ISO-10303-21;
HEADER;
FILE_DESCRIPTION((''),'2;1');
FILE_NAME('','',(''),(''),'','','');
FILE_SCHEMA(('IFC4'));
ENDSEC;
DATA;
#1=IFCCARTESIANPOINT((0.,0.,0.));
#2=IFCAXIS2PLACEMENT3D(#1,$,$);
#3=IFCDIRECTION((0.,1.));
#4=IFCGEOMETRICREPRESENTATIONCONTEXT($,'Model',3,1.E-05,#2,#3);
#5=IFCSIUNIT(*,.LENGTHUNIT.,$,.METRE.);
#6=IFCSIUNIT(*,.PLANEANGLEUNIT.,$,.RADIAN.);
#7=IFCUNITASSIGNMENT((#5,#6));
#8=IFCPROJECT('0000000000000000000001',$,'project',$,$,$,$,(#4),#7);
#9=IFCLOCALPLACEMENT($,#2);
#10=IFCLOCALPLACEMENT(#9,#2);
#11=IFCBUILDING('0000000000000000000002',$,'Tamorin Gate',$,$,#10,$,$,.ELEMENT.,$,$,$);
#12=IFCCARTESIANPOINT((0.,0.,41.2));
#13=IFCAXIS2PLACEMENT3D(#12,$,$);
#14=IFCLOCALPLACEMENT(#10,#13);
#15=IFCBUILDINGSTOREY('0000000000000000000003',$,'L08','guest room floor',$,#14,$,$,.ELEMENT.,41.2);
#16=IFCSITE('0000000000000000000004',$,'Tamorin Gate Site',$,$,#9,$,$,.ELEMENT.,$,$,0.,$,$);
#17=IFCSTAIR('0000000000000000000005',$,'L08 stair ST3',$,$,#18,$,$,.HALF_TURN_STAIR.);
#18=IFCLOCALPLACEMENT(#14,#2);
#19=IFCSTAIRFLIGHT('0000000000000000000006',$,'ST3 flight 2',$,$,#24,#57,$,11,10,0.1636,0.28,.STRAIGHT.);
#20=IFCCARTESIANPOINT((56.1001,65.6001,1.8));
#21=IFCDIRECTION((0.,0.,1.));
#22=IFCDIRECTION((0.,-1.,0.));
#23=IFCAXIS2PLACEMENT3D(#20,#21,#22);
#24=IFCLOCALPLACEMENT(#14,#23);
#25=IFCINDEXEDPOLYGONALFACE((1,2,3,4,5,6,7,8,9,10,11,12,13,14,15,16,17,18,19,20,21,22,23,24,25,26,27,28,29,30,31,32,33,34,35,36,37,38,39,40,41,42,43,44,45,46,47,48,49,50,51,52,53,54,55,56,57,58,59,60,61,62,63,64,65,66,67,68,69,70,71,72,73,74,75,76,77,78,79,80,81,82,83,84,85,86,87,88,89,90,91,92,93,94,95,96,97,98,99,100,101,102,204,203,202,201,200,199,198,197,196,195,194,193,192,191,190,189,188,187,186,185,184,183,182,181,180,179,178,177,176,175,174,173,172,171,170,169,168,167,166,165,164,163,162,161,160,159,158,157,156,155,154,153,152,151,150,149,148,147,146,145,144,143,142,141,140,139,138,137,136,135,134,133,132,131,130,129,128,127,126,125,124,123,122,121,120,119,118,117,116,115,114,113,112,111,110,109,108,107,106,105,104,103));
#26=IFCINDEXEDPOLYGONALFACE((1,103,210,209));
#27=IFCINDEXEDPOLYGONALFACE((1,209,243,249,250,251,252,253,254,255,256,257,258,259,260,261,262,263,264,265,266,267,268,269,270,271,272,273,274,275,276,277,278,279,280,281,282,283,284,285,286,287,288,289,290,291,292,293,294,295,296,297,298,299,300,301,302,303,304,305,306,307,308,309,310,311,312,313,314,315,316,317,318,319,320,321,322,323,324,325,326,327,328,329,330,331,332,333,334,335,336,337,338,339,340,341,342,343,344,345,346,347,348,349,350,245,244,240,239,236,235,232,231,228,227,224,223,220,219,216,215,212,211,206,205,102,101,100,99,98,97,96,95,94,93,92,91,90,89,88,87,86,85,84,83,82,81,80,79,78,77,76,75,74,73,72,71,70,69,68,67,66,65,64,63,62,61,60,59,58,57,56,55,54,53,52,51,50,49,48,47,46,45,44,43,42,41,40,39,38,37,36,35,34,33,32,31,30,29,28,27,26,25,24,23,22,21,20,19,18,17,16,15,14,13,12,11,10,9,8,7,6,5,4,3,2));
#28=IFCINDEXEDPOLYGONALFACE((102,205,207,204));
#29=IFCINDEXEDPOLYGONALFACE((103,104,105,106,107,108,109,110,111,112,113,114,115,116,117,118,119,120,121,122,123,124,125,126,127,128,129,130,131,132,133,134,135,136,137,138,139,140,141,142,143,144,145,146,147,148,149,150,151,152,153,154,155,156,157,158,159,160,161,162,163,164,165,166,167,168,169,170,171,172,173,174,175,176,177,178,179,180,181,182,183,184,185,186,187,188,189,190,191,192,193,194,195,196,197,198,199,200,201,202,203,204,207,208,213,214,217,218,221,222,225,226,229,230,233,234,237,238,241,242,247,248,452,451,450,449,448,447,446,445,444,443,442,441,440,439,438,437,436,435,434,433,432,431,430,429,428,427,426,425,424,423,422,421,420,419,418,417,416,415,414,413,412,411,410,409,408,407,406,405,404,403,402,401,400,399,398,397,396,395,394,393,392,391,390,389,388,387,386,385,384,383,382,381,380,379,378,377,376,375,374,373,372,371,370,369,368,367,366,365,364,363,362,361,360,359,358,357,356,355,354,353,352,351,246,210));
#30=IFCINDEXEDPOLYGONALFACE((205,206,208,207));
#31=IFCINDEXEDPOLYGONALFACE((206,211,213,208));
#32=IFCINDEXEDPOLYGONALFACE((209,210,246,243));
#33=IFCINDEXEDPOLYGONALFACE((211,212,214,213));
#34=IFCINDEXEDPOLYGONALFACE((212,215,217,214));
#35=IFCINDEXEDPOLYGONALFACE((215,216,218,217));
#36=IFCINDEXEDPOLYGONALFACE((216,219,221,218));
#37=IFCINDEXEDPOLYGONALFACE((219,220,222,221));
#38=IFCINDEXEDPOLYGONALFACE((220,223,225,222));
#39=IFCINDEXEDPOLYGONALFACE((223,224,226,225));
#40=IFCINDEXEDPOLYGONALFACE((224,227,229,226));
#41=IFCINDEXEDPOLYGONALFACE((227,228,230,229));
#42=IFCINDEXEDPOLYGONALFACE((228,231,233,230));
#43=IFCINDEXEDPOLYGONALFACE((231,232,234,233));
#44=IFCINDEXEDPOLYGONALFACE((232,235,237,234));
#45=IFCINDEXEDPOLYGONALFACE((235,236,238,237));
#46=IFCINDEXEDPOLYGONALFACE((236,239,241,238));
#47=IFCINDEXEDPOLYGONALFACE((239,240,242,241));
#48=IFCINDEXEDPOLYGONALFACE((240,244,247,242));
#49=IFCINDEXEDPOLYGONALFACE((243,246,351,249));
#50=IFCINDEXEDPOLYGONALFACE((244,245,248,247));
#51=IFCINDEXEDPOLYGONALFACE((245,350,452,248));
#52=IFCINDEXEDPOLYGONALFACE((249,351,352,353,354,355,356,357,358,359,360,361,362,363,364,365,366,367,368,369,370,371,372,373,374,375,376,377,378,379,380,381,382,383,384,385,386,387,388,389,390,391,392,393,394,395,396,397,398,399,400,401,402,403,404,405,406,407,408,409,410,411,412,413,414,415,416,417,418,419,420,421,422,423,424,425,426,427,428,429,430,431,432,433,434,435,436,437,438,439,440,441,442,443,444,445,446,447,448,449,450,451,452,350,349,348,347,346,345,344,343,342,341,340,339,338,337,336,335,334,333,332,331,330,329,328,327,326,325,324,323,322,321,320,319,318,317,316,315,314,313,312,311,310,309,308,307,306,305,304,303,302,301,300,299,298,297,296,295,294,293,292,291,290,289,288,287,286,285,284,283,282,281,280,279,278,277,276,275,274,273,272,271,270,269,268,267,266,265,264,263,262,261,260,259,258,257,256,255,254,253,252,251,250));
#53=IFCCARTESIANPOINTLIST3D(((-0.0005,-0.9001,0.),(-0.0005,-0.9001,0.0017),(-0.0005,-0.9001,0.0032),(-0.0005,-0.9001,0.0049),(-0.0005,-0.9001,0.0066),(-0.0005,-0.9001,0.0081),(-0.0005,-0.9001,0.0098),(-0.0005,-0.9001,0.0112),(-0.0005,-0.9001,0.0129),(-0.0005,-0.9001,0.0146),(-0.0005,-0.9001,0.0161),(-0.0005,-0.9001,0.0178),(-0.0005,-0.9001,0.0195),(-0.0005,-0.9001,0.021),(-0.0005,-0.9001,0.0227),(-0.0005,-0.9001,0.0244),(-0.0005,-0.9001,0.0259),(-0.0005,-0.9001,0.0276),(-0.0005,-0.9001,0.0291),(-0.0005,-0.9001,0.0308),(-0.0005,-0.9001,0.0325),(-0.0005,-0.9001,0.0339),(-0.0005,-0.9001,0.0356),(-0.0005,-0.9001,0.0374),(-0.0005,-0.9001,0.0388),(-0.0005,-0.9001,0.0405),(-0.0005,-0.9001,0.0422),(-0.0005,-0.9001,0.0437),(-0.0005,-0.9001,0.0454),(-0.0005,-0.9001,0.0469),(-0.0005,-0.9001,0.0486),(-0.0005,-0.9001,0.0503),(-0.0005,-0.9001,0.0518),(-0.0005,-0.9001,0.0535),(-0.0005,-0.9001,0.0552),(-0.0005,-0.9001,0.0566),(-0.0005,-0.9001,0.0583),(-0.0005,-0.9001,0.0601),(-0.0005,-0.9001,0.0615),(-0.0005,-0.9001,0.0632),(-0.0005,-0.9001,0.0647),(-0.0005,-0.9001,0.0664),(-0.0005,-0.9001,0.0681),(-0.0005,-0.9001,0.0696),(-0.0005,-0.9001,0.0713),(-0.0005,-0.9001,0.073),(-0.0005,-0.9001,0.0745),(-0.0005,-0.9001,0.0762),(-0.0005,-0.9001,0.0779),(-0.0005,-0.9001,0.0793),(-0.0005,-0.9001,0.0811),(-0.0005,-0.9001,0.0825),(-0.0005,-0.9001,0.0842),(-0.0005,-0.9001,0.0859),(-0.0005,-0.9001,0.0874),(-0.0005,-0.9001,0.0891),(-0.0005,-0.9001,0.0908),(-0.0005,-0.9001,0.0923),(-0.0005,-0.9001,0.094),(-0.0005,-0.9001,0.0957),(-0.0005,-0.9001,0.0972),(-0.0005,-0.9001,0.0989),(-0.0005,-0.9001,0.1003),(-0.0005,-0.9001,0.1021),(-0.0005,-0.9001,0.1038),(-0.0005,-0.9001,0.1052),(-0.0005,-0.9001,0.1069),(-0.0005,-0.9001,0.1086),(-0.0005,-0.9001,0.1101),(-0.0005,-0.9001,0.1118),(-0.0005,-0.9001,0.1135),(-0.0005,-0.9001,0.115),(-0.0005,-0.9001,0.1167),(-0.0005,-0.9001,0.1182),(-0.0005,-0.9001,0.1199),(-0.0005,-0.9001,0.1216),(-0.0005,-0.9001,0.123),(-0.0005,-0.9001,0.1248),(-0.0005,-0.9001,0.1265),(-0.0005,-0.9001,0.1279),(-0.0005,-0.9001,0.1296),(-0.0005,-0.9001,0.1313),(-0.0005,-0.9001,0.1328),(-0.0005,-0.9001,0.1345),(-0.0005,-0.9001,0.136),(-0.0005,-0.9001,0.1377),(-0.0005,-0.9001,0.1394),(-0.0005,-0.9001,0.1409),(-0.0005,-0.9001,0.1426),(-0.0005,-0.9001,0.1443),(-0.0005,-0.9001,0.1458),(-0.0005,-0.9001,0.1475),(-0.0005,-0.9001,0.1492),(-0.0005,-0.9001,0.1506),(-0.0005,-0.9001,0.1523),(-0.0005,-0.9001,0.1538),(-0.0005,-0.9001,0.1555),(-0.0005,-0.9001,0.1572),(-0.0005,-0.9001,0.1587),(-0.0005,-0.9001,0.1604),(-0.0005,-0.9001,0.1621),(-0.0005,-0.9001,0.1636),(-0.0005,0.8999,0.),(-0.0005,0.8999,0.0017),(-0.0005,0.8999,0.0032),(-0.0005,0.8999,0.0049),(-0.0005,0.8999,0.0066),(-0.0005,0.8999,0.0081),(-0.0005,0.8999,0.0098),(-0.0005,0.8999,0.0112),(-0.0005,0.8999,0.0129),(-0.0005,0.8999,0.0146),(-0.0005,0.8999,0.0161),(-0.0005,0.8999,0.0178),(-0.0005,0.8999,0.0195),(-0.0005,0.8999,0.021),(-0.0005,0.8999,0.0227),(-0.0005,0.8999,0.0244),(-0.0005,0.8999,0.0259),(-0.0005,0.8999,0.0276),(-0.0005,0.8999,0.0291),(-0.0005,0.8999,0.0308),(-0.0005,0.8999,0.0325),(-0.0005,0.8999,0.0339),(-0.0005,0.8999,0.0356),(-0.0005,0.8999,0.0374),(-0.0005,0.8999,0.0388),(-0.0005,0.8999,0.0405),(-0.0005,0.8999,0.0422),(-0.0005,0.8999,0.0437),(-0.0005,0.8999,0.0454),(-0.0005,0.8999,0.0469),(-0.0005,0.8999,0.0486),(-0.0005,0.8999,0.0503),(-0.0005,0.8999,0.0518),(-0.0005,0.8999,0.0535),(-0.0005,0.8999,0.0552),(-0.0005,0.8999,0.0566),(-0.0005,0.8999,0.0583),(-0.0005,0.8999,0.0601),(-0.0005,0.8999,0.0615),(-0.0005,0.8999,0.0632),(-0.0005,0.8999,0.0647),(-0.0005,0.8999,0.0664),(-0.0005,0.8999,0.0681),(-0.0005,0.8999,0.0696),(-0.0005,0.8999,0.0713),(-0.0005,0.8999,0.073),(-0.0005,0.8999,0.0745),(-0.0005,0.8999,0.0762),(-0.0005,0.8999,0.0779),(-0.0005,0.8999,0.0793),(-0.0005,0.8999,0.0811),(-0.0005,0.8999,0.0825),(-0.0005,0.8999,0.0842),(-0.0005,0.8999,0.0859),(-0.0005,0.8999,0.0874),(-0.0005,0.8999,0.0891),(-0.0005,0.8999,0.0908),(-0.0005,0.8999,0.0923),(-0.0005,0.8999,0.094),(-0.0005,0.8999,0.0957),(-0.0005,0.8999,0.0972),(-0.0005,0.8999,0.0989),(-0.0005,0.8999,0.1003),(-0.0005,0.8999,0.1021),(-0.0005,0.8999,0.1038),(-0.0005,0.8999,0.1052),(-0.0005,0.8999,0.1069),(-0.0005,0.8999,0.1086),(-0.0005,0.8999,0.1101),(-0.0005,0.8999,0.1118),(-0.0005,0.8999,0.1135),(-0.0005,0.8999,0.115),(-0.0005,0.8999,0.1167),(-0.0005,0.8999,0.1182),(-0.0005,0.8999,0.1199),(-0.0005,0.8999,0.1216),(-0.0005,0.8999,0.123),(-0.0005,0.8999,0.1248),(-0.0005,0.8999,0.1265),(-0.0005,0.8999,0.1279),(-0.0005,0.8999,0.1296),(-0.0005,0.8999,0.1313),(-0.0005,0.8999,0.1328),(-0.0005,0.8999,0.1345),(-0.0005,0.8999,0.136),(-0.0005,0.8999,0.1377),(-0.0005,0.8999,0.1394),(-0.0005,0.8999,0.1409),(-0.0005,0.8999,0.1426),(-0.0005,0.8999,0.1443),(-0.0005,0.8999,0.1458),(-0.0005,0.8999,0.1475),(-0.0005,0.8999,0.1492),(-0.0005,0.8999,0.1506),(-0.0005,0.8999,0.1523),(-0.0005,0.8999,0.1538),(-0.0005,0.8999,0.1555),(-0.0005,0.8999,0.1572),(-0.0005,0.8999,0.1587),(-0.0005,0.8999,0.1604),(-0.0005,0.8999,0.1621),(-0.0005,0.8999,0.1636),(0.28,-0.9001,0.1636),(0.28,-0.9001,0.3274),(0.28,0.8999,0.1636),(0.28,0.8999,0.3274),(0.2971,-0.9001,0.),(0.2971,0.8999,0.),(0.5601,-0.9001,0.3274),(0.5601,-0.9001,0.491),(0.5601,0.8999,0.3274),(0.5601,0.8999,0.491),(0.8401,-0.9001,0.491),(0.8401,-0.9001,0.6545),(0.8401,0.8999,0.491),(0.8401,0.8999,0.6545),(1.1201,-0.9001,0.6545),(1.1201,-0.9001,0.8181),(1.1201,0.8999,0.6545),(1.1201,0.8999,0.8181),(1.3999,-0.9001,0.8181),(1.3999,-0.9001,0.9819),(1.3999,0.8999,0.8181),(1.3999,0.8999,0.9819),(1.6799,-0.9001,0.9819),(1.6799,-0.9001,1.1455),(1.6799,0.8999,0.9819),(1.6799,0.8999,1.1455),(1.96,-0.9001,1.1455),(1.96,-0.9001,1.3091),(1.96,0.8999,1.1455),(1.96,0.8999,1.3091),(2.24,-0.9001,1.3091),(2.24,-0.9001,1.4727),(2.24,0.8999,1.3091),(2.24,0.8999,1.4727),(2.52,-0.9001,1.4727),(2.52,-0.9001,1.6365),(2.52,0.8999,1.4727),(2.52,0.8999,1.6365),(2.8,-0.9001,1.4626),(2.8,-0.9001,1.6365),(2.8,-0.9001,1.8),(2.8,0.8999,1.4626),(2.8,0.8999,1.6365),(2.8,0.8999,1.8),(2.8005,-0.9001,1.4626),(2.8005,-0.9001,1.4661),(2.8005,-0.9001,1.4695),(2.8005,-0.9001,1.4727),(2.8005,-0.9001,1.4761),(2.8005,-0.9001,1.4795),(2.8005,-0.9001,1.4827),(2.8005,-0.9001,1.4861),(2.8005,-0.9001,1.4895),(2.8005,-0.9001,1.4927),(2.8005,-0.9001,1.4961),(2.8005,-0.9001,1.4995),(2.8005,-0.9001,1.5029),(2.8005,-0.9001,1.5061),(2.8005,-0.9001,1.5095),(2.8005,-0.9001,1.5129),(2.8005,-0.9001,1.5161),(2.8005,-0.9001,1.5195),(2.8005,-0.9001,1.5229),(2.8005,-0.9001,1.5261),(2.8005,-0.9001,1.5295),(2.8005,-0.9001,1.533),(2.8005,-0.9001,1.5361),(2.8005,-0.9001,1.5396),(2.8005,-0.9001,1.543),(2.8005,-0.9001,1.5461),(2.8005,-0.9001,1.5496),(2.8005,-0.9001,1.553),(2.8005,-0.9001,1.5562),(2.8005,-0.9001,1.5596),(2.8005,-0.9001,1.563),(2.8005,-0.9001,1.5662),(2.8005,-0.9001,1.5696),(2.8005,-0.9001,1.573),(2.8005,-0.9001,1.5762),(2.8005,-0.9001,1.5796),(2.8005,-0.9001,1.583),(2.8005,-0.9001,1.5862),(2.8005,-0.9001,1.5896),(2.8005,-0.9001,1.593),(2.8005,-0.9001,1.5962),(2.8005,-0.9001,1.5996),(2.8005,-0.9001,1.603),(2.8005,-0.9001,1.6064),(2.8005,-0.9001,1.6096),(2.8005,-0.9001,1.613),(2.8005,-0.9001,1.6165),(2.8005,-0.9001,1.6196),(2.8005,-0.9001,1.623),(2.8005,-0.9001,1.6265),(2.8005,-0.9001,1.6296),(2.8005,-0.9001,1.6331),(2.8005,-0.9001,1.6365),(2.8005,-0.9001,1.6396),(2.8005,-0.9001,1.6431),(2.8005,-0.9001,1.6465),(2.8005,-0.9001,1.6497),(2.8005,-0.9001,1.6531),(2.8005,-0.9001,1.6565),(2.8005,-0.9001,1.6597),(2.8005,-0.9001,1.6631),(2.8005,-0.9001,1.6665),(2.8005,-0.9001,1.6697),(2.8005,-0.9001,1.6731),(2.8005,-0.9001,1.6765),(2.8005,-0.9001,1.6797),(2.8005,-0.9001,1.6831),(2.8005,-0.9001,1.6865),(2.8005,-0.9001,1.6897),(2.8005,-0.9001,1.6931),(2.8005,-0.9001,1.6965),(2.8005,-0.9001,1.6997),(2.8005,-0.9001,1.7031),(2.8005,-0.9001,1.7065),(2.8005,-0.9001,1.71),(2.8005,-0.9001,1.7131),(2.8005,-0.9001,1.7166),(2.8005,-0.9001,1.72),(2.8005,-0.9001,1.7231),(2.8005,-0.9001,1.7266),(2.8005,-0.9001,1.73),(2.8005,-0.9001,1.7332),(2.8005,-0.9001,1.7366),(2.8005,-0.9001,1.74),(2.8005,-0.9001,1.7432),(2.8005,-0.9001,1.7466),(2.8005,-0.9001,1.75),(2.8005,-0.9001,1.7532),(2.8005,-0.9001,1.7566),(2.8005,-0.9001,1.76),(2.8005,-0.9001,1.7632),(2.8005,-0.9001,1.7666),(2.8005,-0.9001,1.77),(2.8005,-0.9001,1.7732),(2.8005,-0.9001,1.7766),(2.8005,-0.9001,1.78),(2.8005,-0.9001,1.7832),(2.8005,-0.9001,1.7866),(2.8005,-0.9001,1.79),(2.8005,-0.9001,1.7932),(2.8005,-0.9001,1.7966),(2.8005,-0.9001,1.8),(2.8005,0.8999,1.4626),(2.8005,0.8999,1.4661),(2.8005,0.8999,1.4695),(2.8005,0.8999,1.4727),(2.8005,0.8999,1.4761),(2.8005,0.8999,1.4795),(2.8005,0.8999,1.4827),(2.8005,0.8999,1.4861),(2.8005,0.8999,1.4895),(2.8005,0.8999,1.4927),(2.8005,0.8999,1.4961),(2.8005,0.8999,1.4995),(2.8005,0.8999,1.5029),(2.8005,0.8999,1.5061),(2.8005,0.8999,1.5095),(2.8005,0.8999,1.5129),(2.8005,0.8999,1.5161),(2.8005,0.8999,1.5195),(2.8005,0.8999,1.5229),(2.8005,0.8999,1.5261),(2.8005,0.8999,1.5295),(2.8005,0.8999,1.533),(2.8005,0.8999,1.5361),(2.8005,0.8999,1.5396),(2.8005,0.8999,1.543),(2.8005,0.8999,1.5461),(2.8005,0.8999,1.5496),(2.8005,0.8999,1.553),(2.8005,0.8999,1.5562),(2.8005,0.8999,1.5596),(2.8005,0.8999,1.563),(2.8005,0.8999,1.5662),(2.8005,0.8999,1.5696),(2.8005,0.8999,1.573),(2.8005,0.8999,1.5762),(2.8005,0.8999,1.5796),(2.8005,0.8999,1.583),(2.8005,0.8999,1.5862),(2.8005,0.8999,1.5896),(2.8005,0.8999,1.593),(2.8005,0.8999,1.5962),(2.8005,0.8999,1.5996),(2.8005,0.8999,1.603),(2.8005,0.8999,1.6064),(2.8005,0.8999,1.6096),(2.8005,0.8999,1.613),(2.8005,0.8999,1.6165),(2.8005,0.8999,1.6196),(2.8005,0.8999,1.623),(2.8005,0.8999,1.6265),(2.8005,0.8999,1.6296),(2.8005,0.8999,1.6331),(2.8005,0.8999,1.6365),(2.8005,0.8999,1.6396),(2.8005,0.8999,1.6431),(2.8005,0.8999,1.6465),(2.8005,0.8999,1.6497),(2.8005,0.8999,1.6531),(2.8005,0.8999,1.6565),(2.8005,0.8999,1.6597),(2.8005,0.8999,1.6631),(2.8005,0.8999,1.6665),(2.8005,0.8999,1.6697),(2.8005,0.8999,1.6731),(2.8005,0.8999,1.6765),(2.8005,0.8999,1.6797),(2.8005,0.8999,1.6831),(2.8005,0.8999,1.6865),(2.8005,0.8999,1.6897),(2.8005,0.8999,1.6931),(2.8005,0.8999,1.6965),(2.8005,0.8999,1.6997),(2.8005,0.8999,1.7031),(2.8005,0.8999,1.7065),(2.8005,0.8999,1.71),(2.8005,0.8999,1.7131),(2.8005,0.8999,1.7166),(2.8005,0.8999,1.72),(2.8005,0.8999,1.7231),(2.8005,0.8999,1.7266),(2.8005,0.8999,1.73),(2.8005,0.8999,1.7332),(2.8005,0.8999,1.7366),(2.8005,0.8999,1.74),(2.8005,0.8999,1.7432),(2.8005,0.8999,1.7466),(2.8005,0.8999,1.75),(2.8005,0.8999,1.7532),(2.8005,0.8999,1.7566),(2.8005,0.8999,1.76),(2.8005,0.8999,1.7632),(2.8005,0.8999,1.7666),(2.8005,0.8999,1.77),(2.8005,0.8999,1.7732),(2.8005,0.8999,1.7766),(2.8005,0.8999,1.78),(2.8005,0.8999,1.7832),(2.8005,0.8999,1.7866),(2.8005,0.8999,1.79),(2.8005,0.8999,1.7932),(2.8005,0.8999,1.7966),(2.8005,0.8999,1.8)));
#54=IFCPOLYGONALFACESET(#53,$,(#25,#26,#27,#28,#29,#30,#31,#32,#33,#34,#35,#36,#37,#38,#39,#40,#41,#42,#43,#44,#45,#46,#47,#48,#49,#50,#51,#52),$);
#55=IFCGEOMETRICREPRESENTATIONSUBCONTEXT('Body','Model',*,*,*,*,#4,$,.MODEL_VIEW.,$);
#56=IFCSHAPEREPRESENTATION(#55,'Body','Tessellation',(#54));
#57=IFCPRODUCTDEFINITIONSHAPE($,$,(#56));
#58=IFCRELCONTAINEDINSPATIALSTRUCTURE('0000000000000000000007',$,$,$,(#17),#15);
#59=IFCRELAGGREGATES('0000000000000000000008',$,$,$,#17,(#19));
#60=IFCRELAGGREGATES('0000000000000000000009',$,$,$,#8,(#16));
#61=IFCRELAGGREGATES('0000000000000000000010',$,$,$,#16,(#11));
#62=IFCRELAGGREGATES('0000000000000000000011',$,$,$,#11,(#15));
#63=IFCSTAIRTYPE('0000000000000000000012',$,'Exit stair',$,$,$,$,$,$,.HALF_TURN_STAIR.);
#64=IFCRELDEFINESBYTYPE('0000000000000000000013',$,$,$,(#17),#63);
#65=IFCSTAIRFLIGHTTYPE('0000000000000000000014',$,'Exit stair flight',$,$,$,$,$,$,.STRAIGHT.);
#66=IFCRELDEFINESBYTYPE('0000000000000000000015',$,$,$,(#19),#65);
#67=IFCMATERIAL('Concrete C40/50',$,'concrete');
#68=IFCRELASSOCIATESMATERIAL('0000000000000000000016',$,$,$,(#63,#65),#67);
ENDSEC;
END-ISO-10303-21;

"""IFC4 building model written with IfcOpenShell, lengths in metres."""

from ifc_helpers import new_model, si_unit, direction, frame, origin, place, context, subcontext, project, spatial, polyline, outline, extrude, material, type_object, element, aggregate, save


model = new_model("IFC4")

# Units and contexts
model_context = context("Model", 3, precision=1e-05, world=origin(), true_north=direction((0.0, 1.0)))
body_context = subcontext(model_context, "Body", "Model", "MODEL_VIEW")
ifc_project = project(units=[si_unit("LENGTHUNIT", "METRE"), si_unit("PLANEANGLEUNIT", "RADIAN")], contexts=[model_context])

# Site, building, storey
site_placement = place(None, origin())
site = spatial("IfcSite", under=ifc_project, at=site_placement, Name="Tamorin Gate Site", CompositionType="ELEMENT", RefElevation=0.0)
building_placement = place(site_placement, origin())
building = spatial("IfcBuilding", under=site, at=building_placement, Name="Tamorin Gate", CompositionType="ELEMENT")
storey_placement = place(building_placement, frame((0.0, 0.0, 41.2)))
storey = spatial("IfcBuildingStorey", under=building, at=storey_placement, Name="L08", Description="guest room floor", CompositionType="ELEMENT", Elevation=41.2)

# Shared definitions
ifc_material_1 = material(Name="Concrete C40/50", Category="concrete")

# Stair, stair flight
stair_type = type_object("IfcStairType", Name="Exit stair", PredefinedType="HALF_TURN_STAIR", material=ifc_material_1)
stair_placement = place(storey_placement, origin())
stair = element("IfcStair", 1, at=stair_placement, inside=storey, type_object=stair_type, Name="L08 stair ST3", PredefinedType="HALF_TURN_STAIR")
stair_flight_type = type_object("IfcStairFlightType", Name="Exit stair flight", PredefinedType="STRAIGHT", material=ifc_material_1)
stair_flight_1_placement = place(storey_placement, frame((56.1001, 65.6001, 1.8), z_axis=(0.0, 0.0, 1.0), x_axis=(0.0, -1.0, 0.0)))
stair_flight_1 = element("IfcStairFlight", 2, at=stair_flight_1_placement, type_object=stair_flight_type, Name="ST3 flight 2", NumberOfRisers=11, NumberOfTreads=10, PredefinedType="STRAIGHT", RiserHeight=0.1636, TreadLength=0.28, context=body_context, shape_type="SweptSolid", body=[
    extrude(outline(polyline([(-0.0005, 0.0), (-0.0005, 0.0017), (-0.0005, 0.0032), (-0.0005, 0.0049), (-0.0005, 0.0066), (-0.0005, 0.0081), (-0.0005, 0.0098), (-0.0005, 0.0112), (-0.0005, 0.0129), (-0.0005, 0.0146), (-0.0005, 0.0161), (-0.0005, 0.0178), (-0.0005, 0.0195), (-0.0005, 0.021), (-0.0005, 0.0227), (-0.0005, 0.0244), (-0.0005, 0.0259), (-0.0005, 0.0276), (-0.0005, 0.0291), (-0.0005, 0.0308), (-0.0005, 0.0325), (-0.0005, 0.0339), (-0.0005, 0.0356), (-0.0005, 0.0374), (-0.0005, 0.0388), (-0.0005, 0.0405), (-0.0005, 0.0422), (-0.0005, 0.0437), (-0.0005, 0.0454), (-0.0005, 0.0469), (-0.0005, 0.0486), (-0.0005, 0.0503), (-0.0005, 0.0518), (-0.0005, 0.0535), (-0.0005, 0.0552), (-0.0005, 0.0566), (-0.0005, 0.0583), (-0.0005, 0.0601), (-0.0005, 0.0615), (-0.0005, 0.0632), (-0.0005, 0.0647), (-0.0005, 0.0664), (-0.0005, 0.0681), (-0.0005, 0.0696), (-0.0005, 0.0713), (-0.0005, 0.073), (-0.0005, 0.0745), (-0.0005, 0.0762), (-0.0005, 0.0779), (-0.0005, 0.0793), (-0.0005, 0.0811), (-0.0005, 0.0825), (-0.0005, 0.0842), (-0.0005, 0.0859), (-0.0005, 0.0874), (-0.0005, 0.0891), (-0.0005, 0.0908), (-0.0005, 0.0923), (-0.0005, 0.094), (-0.0005, 0.0957), (-0.0005, 0.0972), (-0.0005, 0.0989), (-0.0005, 0.1003), (-0.0005, 0.1021), (-0.0005, 0.1038), (-0.0005, 0.1052), (-0.0005, 0.1069), (-0.0005, 0.1086), (-0.0005, 0.1101), (-0.0005, 0.1118), (-0.0005, 0.1135), (-0.0005, 0.115), (-0.0005, 0.1167), (-0.0005, 0.1182), (-0.0005, 0.1199), (-0.0005, 0.1216), (-0.0005, 0.123), (-0.0005, 0.1248), (-0.0005, 0.1265), (-0.0005, 0.1279), (-0.0005, 0.1296), (-0.0005, 0.1313), (-0.0005, 0.1328), (-0.0005, 0.1345), (-0.0005, 0.136), (-0.0005, 0.1377), (-0.0005, 0.1394), (-0.0005, 0.1409), (-0.0005, 0.1426), (-0.0005, 0.1443), (-0.0005, 0.1458), (-0.0005, 0.1475), (-0.0005, 0.1492), (-0.0005, 0.1506), (-0.0005, 0.1523), (-0.0005, 0.1538), (-0.0005, 0.1555), (-0.0005, 0.1572), (-0.0005, 0.1587), (-0.0005, 0.1604), (-0.0005, 0.1621), (-0.0005, 0.1636), (0.28, 0.1636), (0.28, 0.3274), (0.5601, 0.3274), (0.5601, 0.491), (0.8401, 0.491), (0.8401, 0.6545), (1.1201, 0.6545), (1.1201, 0.8181), (1.3999, 0.8181), (1.3999, 0.9819), (1.6799, 0.9819), (1.6799, 1.1455), (1.96, 1.1455), (1.96, 1.3091), (2.24, 1.3091), (2.24, 1.4727), (2.52, 1.4727), (2.52, 1.6365), (2.8, 1.6365), (2.8, 1.8), (2.8005, 1.8), (2.8005, 1.7966), (2.8005, 1.7932), (2.8005, 1.79), (2.8005, 1.7866), (2.8005, 1.7832), (2.8005, 1.78), (2.8005, 1.7766), (2.8005, 1.7732), (2.8005, 1.77), (2.8005, 1.7666), (2.8005, 1.7632), (2.8005, 1.76), (2.8005, 1.7566), (2.8005, 1.7532), (2.8005, 1.75), (2.8005, 1.7466), (2.8005, 1.7432), (2.8005, 1.74), (2.8005, 1.7366), (2.8005, 1.7332), (2.8005, 1.73), (2.8005, 1.7266), (2.8005, 1.7231), (2.8005, 1.72), (2.8005, 1.7166), (2.8005, 1.7131), (2.8005, 1.71), (2.8005, 1.7065), (2.8005, 1.7031), (2.8005, 1.6997), (2.8005, 1.6965), (2.8005, 1.6931), (2.8005, 1.6897), (2.8005, 1.6865), (2.8005, 1.6831), (2.8005, 1.6797), (2.8005, 1.6765), (2.8005, 1.6731), (2.8005, 1.6697), (2.8005, 1.6665), (2.8005, 1.6631), (2.8005, 1.6597), (2.8005, 1.6565), (2.8005, 1.6531), (2.8005, 1.6497), (2.8005, 1.6465), (2.8005, 1.6431), (2.8005, 1.6396), (2.8005, 1.6365), (2.8005, 1.6331), (2.8005, 1.6296), (2.8005, 1.6265), (2.8005, 1.623), (2.8005, 1.6196), (2.8005, 1.6165), (2.8005, 1.613), (2.8005, 1.6096), (2.8005, 1.6064), (2.8005, 1.603), (2.8005, 1.5996), (2.8005, 1.5962), (2.8005, 1.593), (2.8005, 1.5896), (2.8005, 1.5862), (2.8005, 1.583), (2.8005, 1.5796), (2.8005, 1.5762), (2.8005, 1.573), (2.8005, 1.5696), (2.8005, 1.5662), (2.8005, 1.563), (2.8005, 1.5596), (2.8005, 1.5562), (2.8005, 1.553), (2.8005, 1.5496), (2.8005, 1.5461), (2.8005, 1.543), (2.8005, 1.5396), (2.8005, 1.5361), (2.8005, 1.533), (2.8005, 1.5295), (2.8005, 1.5261), (2.8005, 1.5229), (2.8005, 1.5195), (2.8005, 1.5161), (2.8005, 1.5129), (2.8005, 1.5095), (2.8005, 1.5061), (2.8005, 1.5029), (2.8005, 1.4995), (2.8005, 1.4961), (2.8005, 1.4927), (2.8005, 1.4895), (2.8005, 1.4861), (2.8005, 1.4827), (2.8005, 1.4795), (2.8005, 1.4761), (2.8005, 1.4727), (2.8005, 1.4695), (2.8005, 1.4661), (2.8005, 1.4626), (2.8, 1.4626), (0.2971, 0.0), (-0.0005, 0.0)])), frame((0.0, 0.8999, 0.0), z_axis=(0.0, -1.0, 0.0), x_axis=(1.0, 0.0, 0.0)), (0.0, 0.0, 1.0), 1.8),
])
aggregate(stair, [stair_flight_1])

save(model, "model.ifc")
